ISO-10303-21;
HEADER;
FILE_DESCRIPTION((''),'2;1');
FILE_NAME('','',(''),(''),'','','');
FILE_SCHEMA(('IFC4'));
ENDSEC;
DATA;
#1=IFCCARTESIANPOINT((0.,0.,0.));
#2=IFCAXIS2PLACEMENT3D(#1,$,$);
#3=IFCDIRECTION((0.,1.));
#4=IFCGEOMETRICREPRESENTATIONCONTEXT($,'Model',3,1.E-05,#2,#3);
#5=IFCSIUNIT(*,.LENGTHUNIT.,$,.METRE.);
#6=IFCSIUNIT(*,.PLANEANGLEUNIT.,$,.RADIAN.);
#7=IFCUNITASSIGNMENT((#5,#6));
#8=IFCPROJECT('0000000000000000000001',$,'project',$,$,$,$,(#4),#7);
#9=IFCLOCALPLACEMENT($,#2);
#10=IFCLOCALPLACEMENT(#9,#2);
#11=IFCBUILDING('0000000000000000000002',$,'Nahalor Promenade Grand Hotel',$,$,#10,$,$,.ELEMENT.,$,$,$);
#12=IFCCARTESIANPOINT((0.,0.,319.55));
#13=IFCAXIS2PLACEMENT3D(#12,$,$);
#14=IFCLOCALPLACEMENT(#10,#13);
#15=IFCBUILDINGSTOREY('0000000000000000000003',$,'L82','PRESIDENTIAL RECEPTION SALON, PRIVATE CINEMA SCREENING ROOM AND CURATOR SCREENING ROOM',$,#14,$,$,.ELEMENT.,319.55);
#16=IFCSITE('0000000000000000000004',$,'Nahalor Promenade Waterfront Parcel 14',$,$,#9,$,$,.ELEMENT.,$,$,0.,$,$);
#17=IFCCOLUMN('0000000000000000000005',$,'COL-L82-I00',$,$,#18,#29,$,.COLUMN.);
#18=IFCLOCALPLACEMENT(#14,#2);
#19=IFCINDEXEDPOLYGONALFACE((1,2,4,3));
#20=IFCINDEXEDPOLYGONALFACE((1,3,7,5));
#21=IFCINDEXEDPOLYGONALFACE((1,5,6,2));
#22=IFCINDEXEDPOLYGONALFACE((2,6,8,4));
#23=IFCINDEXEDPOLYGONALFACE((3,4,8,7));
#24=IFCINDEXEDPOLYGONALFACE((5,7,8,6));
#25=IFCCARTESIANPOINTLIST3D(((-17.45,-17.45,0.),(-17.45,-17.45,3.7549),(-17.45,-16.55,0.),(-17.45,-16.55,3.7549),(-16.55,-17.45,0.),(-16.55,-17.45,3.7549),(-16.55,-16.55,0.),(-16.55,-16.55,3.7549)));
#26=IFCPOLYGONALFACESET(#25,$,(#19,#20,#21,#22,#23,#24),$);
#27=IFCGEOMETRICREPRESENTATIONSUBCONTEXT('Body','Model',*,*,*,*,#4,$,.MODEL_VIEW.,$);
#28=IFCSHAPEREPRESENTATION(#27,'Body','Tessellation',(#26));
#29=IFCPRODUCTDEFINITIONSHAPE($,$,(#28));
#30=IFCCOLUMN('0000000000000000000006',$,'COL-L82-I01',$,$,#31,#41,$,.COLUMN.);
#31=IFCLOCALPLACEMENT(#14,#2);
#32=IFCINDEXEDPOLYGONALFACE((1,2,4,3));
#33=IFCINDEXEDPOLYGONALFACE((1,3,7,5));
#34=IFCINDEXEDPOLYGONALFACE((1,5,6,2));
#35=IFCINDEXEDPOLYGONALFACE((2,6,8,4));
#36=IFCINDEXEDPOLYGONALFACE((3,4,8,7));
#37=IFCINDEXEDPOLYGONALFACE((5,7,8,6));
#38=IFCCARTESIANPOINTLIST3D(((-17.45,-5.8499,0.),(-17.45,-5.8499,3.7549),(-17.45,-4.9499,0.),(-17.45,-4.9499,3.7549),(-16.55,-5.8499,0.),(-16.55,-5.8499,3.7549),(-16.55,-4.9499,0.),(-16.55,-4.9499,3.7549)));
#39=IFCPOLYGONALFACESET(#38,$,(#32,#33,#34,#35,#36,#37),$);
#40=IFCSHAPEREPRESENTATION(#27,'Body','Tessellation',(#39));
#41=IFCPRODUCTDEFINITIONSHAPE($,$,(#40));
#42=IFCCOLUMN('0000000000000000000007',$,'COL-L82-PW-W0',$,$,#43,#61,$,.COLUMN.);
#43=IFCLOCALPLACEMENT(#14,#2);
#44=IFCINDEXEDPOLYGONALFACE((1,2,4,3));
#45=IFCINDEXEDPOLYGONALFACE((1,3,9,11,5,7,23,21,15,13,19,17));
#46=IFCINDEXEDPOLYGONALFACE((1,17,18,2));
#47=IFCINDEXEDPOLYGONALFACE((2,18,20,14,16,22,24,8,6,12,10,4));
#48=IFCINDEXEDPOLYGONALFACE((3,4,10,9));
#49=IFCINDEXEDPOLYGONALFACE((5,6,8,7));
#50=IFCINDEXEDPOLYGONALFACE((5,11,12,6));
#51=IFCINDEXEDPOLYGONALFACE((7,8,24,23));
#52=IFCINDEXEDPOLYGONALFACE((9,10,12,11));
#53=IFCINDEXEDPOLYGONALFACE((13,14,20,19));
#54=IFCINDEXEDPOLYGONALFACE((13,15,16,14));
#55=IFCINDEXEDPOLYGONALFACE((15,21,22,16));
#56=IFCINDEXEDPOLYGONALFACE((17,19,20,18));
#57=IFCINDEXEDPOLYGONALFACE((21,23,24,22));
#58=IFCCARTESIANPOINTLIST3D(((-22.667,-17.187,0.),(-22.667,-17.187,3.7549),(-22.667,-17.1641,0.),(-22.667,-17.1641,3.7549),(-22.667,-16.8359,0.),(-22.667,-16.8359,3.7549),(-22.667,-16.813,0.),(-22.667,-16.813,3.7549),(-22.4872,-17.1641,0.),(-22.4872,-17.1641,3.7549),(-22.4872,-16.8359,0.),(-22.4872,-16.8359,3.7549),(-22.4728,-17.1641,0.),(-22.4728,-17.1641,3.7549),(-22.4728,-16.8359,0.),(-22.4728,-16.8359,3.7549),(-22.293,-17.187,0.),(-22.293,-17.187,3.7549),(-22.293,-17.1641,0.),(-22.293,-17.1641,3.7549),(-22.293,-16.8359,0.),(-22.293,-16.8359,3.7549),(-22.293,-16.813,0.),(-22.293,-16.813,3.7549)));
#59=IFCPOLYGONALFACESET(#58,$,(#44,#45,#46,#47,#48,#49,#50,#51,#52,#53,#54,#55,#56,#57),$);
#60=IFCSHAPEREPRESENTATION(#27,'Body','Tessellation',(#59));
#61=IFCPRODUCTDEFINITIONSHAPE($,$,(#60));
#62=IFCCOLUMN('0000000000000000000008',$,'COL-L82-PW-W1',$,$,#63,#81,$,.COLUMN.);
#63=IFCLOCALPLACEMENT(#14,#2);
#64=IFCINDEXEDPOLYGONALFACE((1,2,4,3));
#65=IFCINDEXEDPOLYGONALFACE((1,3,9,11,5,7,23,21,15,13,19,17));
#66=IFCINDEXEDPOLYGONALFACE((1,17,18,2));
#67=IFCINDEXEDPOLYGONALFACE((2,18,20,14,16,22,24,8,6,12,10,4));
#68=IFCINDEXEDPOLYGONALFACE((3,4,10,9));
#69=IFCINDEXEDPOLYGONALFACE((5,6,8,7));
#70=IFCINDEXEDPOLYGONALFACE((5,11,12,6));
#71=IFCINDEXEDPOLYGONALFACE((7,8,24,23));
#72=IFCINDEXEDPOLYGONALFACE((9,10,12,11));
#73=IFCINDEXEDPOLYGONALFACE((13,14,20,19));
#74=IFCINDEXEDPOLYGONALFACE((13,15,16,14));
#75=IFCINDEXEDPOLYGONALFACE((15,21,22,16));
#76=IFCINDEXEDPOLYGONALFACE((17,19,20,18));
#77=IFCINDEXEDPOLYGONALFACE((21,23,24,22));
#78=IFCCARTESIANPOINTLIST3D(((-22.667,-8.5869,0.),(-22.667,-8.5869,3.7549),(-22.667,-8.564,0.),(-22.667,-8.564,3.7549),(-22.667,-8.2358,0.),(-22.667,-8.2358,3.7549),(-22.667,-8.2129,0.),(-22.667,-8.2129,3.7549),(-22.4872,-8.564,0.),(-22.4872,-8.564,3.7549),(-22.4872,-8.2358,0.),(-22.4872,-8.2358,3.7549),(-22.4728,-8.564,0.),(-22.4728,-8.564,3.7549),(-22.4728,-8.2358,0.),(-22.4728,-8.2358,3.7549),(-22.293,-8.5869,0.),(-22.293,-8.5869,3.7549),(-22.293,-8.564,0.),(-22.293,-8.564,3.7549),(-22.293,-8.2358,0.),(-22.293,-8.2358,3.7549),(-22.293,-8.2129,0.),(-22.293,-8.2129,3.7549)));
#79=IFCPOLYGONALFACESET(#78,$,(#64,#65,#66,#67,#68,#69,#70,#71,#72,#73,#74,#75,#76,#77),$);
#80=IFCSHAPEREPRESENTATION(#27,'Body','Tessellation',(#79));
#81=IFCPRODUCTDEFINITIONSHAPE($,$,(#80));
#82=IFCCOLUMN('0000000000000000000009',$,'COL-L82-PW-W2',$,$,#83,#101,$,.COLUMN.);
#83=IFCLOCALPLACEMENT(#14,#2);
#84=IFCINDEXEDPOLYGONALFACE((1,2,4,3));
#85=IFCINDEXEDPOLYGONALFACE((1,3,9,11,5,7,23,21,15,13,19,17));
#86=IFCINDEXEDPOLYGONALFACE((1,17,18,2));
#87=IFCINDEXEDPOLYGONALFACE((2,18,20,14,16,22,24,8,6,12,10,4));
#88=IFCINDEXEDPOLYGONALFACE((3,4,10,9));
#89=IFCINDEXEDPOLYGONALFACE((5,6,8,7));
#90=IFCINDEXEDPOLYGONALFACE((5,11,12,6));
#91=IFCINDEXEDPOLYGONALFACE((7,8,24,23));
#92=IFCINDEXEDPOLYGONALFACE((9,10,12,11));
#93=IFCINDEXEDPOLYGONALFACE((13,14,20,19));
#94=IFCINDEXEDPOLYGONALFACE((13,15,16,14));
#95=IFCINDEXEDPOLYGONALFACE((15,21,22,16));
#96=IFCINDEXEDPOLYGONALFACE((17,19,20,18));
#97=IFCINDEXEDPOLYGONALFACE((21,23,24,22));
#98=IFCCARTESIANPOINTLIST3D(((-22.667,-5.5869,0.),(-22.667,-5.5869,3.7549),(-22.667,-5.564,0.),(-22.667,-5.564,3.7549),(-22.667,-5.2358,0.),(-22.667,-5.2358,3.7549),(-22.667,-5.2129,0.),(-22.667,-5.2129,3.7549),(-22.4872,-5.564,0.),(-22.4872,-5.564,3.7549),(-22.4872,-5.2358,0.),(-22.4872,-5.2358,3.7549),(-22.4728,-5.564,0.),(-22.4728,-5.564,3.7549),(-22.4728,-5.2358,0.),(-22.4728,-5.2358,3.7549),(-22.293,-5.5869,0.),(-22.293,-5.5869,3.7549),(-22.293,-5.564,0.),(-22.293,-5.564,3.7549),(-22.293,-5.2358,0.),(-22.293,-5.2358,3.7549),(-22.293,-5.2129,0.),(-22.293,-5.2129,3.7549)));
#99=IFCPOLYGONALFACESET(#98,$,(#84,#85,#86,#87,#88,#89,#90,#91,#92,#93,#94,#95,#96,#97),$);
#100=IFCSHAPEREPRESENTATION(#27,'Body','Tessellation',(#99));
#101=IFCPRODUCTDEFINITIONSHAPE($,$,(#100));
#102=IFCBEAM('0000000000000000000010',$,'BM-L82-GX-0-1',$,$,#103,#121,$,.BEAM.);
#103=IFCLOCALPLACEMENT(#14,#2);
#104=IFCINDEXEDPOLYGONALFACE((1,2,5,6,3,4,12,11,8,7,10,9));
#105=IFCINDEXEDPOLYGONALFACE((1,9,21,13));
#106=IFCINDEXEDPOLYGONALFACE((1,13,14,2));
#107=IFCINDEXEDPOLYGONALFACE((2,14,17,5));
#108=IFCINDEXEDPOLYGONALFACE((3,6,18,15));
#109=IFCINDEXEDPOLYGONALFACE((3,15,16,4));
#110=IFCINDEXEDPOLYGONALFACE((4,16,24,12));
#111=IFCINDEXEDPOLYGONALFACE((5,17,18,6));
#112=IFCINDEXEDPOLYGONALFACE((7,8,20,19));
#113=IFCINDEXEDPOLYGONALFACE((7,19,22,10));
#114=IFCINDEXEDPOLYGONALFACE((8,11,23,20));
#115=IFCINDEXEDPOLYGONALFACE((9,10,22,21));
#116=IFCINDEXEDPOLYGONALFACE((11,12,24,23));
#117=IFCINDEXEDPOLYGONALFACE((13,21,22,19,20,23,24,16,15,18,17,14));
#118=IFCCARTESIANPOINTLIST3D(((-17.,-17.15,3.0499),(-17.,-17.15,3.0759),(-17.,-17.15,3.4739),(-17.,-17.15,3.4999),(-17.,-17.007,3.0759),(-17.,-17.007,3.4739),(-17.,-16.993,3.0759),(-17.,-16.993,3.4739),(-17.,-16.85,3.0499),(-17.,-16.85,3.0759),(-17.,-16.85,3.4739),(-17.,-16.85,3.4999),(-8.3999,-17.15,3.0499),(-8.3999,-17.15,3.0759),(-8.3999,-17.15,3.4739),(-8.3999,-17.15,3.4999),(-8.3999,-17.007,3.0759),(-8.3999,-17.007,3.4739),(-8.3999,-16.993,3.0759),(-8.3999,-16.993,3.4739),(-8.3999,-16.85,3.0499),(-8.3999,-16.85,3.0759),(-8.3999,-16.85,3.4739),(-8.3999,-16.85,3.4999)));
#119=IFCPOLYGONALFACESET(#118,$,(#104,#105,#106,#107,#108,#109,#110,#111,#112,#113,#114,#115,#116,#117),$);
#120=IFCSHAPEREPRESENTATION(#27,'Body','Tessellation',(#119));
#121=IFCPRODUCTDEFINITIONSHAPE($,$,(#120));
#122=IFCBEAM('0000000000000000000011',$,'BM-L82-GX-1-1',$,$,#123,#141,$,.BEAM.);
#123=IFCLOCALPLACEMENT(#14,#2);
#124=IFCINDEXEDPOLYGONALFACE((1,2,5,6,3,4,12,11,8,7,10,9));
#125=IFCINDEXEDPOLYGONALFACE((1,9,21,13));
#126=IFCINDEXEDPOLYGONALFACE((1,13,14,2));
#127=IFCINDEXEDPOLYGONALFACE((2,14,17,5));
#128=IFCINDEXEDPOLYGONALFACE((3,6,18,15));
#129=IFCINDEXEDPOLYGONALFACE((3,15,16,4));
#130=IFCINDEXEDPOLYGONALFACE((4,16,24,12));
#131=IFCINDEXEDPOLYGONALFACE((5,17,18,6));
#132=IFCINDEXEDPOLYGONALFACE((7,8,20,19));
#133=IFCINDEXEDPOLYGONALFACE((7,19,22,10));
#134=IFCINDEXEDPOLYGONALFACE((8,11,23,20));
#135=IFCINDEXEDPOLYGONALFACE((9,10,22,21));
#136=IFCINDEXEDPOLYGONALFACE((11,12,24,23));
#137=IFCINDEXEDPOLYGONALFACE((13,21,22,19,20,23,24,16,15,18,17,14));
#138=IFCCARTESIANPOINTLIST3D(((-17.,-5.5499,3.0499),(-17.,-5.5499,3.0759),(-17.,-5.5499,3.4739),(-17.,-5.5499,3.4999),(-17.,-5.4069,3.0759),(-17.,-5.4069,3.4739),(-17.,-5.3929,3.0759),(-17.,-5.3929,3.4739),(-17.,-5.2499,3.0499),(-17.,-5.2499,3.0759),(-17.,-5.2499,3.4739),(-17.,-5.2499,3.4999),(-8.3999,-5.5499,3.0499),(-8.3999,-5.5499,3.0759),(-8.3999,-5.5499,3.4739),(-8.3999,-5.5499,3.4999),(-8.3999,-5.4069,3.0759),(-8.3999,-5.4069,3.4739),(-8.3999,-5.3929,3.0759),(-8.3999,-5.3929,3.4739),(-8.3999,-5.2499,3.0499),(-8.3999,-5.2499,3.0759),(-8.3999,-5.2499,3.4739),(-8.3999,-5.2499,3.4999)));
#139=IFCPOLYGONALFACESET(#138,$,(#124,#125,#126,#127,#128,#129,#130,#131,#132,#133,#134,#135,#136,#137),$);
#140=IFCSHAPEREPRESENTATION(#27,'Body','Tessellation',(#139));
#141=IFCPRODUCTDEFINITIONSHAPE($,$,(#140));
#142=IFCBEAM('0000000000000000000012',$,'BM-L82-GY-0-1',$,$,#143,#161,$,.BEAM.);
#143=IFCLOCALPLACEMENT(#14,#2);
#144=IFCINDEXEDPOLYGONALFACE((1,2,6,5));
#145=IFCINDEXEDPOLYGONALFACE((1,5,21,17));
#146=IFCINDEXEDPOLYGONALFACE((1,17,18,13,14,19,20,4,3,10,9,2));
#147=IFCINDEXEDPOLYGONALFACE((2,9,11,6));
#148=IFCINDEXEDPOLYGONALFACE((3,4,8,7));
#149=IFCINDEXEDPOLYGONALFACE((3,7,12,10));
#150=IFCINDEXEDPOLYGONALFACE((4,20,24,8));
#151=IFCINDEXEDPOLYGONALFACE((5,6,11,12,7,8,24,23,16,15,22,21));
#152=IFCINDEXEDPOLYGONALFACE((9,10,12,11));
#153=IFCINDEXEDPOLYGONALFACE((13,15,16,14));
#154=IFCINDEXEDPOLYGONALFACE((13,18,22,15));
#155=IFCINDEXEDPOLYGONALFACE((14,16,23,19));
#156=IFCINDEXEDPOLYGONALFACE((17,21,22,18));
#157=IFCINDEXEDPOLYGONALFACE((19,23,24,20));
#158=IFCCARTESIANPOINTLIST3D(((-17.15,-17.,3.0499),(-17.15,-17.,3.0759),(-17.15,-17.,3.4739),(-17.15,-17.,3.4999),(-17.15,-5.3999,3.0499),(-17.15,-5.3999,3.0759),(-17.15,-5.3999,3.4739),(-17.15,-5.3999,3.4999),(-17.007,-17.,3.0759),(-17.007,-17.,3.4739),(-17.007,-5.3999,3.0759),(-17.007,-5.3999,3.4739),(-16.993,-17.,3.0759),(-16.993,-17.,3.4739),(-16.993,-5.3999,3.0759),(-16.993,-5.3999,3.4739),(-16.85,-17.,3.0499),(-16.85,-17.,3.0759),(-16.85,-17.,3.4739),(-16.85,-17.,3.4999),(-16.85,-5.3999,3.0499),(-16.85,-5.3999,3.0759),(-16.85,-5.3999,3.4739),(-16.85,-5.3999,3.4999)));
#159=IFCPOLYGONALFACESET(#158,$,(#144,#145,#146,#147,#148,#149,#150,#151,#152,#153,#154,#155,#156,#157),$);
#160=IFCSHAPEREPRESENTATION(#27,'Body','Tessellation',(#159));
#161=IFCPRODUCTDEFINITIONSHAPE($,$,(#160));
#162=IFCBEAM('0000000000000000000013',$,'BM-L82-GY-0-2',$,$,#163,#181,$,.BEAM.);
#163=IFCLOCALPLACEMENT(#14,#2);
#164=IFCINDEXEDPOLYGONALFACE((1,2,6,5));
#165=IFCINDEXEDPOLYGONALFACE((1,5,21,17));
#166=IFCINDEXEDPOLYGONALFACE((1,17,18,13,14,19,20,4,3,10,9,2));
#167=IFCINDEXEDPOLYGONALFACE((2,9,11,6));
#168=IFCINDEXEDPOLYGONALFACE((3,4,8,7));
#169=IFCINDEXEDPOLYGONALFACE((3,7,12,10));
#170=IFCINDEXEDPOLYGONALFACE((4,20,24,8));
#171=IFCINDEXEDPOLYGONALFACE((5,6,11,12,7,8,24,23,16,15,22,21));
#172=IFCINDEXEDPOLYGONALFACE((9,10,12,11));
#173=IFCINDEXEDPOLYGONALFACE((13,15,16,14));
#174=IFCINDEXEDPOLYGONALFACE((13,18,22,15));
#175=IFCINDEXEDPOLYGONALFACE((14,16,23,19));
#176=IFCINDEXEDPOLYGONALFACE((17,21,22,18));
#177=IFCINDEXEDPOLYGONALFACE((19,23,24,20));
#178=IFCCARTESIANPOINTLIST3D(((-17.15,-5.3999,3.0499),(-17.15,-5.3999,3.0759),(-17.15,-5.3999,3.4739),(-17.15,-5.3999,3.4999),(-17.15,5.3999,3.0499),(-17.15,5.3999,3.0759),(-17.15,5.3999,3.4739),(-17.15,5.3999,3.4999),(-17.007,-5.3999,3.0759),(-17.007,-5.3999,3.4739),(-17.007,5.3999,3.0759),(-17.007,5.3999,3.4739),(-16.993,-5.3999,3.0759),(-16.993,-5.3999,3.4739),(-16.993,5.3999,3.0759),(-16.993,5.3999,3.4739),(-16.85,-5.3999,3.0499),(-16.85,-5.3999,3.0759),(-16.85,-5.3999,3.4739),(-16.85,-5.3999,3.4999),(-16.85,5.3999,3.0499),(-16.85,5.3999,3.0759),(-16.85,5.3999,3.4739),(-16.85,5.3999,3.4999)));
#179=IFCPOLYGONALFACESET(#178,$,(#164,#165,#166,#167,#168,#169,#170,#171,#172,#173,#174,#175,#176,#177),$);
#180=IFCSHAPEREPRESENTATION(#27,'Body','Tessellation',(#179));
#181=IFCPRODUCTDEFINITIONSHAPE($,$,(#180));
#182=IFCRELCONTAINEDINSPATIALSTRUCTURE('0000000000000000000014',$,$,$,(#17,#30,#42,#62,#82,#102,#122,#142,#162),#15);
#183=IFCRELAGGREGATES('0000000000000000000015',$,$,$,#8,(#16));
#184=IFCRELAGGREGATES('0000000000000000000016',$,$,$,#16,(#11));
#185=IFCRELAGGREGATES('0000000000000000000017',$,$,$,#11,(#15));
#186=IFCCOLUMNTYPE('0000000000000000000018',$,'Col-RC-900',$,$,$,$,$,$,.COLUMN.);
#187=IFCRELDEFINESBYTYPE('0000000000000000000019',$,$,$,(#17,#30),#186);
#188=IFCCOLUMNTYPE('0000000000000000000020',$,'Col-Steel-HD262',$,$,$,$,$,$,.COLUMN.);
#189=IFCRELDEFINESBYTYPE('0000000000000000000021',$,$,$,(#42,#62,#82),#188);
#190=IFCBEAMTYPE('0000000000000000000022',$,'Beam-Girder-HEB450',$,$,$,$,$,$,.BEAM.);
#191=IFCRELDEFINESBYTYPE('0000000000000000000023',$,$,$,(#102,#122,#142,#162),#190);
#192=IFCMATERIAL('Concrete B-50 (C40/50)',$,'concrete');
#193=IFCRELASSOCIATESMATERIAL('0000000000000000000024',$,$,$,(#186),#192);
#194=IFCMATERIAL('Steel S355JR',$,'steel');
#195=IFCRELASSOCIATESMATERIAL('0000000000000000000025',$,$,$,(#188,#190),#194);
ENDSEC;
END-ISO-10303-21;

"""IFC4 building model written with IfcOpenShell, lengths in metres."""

from ifc_helpers import new_model, si_unit, direction, frame, origin, origin_2d, place, context, subcontext, project, spatial, rectangle, i_section, extrude, source, transform, mapped, material, material_profile, profile_set, type_object, element, save


model = new_model("IFC4")

# Units and contexts
model_context = context("Model", 3, precision=1e-05, world=origin(), true_north=direction((0.0, 1.0)))
body_context = subcontext(model_context, "Body", "Model", "MODEL_VIEW")
ifc_project = project(units=[si_unit("LENGTHUNIT", "METRE"), si_unit("PLANEANGLEUNIT", "RADIAN")], contexts=[model_context])

# Site, building, storey
site_placement = place(None, origin())
site = spatial("IfcSite", under=ifc_project, at=site_placement, Name="Nahalor Promenade Waterfront Parcel 14", CompositionType="ELEMENT", RefElevation=0.0)
building_placement = place(site_placement, origin())
building = spatial("IfcBuilding", under=site, at=building_placement, Name="Nahalor Promenade Grand Hotel", CompositionType="ELEMENT")
storey_placement = place(building_placement, frame((0.0, 0.0, 319.55)))
storey = spatial("IfcBuildingStorey", under=building, at=storey_placement, Name="L82", Description="PRESIDENTIAL RECEPTION SALON, PRIVATE CINEMA SCREENING ROOM AND CURATOR SCREENING ROOM", CompositionType="ELEMENT", Elevation=319.55)

# Columns
ifc_material_1 = material(Name="Concrete B-50 (C40/50)", Category="concrete")
ifc_material_profile_1 = material_profile(ifc_material_1, rectangle(XDim=0.9, YDim=0.9, at=origin_2d()), Name="RC 900x900")
ifc_profile_set_1 = profile_set([ifc_material_profile_1], Name="Concrete B-50 (C40/50)")
column_type_1 = type_object("IfcColumnType", Name="Col-RC-900", PredefinedType="COLUMN", material=ifc_profile_set_1)
shared_shape_1 = source(origin(), body_context, "Body", "SweptSolid", [
    extrude(rectangle(XDim=0.9, YDim=0.9, at=origin_2d()), origin(), (0.0, 0.0, 1.0), 3.7549),
])
for number, where, z_axis, x_axis, name in (
    (1, (-17.0, -17.0, 0.0), (0.0, 0.0, 1.0), (1.0, 0.0, 0.0), "COL-L82-I00"),
    (2, (-17.0, -5.3999, 0.0), (0.0, 0.0, 1.0), (1.0, 0.0, 0.0), "COL-L82-I01"),
):
    element("IfcColumn", number, at=place(storey_placement, frame(where, z_axis=z_axis, x_axis=x_axis)), inside=storey, type_object=column_type_1, Name=name, PredefinedType="COLUMN", context=body_context, shape_type="MappedRepresentation", body=[
        mapped(shared_shape_1, transform((0.0, 0.0, 0.0), scale=1.0)),
    ])
ifc_material_2 = material(Name="Steel S355JR", Category="steel")
ifc_material_profile_2 = material_profile(ifc_material_2, i_section(OverallWidth=0.374, OverallDepth=0.374, WebThickness=0.0144, FlangeThickness=0.0229, at=origin_2d()), Name="HD 360x262")
ifc_profile_set_2 = profile_set([ifc_material_profile_2], Name="Steel S355JR")
column_type_2 = type_object("IfcColumnType", Name="Col-Steel-HD262", PredefinedType="COLUMN", material=ifc_profile_set_2)
shared_shape_2 = source(origin(), body_context, "Body", "SweptSolid", [
    extrude(i_section(OverallWidth=0.374, OverallDepth=0.374, WebThickness=0.0144, FlangeThickness=0.0229, at=origin_2d()), origin(), (0.0, 0.0, 1.0), 3.7549),
])
for number, where, z_axis, x_axis, name in (
    (3, (-22.48, -17.0, 0.0), (0.0, 0.0, 1.0), (1.0, 0.0, 0.0), "COL-L82-PW-W0"),
    (4, (-22.48, -8.3999, 0.0), (0.0, 0.0, 1.0), (1.0, 0.0, 0.0), "COL-L82-PW-W1"),
    (5, (-22.48, -5.3999, 0.0), (0.0, 0.0, 1.0), (1.0, 0.0, 0.0), "COL-L82-PW-W2"),
):
    element("IfcColumn", number, at=place(storey_placement, frame(where, z_axis=z_axis, x_axis=x_axis)), inside=storey, type_object=column_type_2, Name=name, PredefinedType="COLUMN", context=body_context, shape_type="MappedRepresentation", body=[
        mapped(shared_shape_2, transform((0.0, 0.0, 0.0), scale=1.0)),
    ])

# Beams
ifc_material_profile_3 = material_profile(ifc_material_2, i_section(OverallWidth=0.3, OverallDepth=0.45, WebThickness=0.014, FlangeThickness=0.026, at=origin_2d()), Name="HEB 450")
ifc_profile_set_3 = profile_set([ifc_material_profile_3], Name="Steel S355JR")
beam_type_1 = type_object("IfcBeamType", Name="Beam-Girder-HEB450", PredefinedType="BEAM", material=ifc_profile_set_3)
shared_shape_3 = source(origin(), body_context, "Body", "SweptSolid", [
    extrude(i_section(OverallWidth=0.3, OverallDepth=0.45, WebThickness=0.014, FlangeThickness=0.026, at=origin_2d()), origin(), (0.0, 0.0, 1.0), 8.6001),
])
for number, where, z_axis, x_axis, name in (
    (6, (-17.0, -17.0, 3.2749), (1.0, 0.0, 0.0), (0.0, 1.0, 0.0), "BM-L82-GX-0-1"),
    (7, (-17.0, -5.3999, 3.2749), (1.0, 0.0, 0.0), (0.0, 1.0, 0.0), "BM-L82-GX-1-1"),
):
    element("IfcBeam", number, at=place(storey_placement, frame(where, z_axis=z_axis, x_axis=x_axis)), inside=storey, type_object=beam_type_1, Name=name, PredefinedType="BEAM", context=body_context, shape_type="MappedRepresentation", body=[
        mapped(shared_shape_3, transform((0.0, 0.0, 0.0), scale=1.0)),
    ])
shared_shape_4 = source(origin(), body_context, "Body", "SweptSolid", [
    extrude(i_section(OverallWidth=0.3, OverallDepth=0.45, WebThickness=0.014, FlangeThickness=0.026, at=origin_2d()), origin(), (0.0, 0.0, 1.0), 11.6001),
])
beam_1_placement = place(storey_placement, frame((-17.0, -17.0, 3.2749), z_axis=(0.0, 1.0, 0.0), x_axis=(-1.0, 0.0, 0.0)))
element("IfcBeam", 8, at=beam_1_placement, inside=storey, type_object=beam_type_1, Name="BM-L82-GY-0-1", PredefinedType="BEAM", context=body_context, shape_type="MappedRepresentation", body=[
    mapped(shared_shape_4, transform((0.0, 0.0, 0.0), scale=1.0)),
])
shared_shape_5 = source(origin(), body_context, "Body", "SweptSolid", [
    extrude(i_section(OverallWidth=0.3, OverallDepth=0.45, WebThickness=0.014, FlangeThickness=0.026, at=origin_2d()), origin(), (0.0, 0.0, 1.0), 10.7998),
])
beam_2_placement = place(storey_placement, frame((-17.0, -5.3999, 3.2749), z_axis=(0.0, 1.0, 0.0), x_axis=(-1.0, 0.0, 0.0)))
element("IfcBeam", 9, at=beam_2_placement, inside=storey, type_object=beam_type_1, Name="BM-L82-GY-0-2", PredefinedType="BEAM", context=body_context, shape_type="MappedRepresentation", body=[
    mapped(shared_shape_5, transform((0.0, 0.0, 0.0), scale=1.0)),
])

save(model, "model.ifc")
